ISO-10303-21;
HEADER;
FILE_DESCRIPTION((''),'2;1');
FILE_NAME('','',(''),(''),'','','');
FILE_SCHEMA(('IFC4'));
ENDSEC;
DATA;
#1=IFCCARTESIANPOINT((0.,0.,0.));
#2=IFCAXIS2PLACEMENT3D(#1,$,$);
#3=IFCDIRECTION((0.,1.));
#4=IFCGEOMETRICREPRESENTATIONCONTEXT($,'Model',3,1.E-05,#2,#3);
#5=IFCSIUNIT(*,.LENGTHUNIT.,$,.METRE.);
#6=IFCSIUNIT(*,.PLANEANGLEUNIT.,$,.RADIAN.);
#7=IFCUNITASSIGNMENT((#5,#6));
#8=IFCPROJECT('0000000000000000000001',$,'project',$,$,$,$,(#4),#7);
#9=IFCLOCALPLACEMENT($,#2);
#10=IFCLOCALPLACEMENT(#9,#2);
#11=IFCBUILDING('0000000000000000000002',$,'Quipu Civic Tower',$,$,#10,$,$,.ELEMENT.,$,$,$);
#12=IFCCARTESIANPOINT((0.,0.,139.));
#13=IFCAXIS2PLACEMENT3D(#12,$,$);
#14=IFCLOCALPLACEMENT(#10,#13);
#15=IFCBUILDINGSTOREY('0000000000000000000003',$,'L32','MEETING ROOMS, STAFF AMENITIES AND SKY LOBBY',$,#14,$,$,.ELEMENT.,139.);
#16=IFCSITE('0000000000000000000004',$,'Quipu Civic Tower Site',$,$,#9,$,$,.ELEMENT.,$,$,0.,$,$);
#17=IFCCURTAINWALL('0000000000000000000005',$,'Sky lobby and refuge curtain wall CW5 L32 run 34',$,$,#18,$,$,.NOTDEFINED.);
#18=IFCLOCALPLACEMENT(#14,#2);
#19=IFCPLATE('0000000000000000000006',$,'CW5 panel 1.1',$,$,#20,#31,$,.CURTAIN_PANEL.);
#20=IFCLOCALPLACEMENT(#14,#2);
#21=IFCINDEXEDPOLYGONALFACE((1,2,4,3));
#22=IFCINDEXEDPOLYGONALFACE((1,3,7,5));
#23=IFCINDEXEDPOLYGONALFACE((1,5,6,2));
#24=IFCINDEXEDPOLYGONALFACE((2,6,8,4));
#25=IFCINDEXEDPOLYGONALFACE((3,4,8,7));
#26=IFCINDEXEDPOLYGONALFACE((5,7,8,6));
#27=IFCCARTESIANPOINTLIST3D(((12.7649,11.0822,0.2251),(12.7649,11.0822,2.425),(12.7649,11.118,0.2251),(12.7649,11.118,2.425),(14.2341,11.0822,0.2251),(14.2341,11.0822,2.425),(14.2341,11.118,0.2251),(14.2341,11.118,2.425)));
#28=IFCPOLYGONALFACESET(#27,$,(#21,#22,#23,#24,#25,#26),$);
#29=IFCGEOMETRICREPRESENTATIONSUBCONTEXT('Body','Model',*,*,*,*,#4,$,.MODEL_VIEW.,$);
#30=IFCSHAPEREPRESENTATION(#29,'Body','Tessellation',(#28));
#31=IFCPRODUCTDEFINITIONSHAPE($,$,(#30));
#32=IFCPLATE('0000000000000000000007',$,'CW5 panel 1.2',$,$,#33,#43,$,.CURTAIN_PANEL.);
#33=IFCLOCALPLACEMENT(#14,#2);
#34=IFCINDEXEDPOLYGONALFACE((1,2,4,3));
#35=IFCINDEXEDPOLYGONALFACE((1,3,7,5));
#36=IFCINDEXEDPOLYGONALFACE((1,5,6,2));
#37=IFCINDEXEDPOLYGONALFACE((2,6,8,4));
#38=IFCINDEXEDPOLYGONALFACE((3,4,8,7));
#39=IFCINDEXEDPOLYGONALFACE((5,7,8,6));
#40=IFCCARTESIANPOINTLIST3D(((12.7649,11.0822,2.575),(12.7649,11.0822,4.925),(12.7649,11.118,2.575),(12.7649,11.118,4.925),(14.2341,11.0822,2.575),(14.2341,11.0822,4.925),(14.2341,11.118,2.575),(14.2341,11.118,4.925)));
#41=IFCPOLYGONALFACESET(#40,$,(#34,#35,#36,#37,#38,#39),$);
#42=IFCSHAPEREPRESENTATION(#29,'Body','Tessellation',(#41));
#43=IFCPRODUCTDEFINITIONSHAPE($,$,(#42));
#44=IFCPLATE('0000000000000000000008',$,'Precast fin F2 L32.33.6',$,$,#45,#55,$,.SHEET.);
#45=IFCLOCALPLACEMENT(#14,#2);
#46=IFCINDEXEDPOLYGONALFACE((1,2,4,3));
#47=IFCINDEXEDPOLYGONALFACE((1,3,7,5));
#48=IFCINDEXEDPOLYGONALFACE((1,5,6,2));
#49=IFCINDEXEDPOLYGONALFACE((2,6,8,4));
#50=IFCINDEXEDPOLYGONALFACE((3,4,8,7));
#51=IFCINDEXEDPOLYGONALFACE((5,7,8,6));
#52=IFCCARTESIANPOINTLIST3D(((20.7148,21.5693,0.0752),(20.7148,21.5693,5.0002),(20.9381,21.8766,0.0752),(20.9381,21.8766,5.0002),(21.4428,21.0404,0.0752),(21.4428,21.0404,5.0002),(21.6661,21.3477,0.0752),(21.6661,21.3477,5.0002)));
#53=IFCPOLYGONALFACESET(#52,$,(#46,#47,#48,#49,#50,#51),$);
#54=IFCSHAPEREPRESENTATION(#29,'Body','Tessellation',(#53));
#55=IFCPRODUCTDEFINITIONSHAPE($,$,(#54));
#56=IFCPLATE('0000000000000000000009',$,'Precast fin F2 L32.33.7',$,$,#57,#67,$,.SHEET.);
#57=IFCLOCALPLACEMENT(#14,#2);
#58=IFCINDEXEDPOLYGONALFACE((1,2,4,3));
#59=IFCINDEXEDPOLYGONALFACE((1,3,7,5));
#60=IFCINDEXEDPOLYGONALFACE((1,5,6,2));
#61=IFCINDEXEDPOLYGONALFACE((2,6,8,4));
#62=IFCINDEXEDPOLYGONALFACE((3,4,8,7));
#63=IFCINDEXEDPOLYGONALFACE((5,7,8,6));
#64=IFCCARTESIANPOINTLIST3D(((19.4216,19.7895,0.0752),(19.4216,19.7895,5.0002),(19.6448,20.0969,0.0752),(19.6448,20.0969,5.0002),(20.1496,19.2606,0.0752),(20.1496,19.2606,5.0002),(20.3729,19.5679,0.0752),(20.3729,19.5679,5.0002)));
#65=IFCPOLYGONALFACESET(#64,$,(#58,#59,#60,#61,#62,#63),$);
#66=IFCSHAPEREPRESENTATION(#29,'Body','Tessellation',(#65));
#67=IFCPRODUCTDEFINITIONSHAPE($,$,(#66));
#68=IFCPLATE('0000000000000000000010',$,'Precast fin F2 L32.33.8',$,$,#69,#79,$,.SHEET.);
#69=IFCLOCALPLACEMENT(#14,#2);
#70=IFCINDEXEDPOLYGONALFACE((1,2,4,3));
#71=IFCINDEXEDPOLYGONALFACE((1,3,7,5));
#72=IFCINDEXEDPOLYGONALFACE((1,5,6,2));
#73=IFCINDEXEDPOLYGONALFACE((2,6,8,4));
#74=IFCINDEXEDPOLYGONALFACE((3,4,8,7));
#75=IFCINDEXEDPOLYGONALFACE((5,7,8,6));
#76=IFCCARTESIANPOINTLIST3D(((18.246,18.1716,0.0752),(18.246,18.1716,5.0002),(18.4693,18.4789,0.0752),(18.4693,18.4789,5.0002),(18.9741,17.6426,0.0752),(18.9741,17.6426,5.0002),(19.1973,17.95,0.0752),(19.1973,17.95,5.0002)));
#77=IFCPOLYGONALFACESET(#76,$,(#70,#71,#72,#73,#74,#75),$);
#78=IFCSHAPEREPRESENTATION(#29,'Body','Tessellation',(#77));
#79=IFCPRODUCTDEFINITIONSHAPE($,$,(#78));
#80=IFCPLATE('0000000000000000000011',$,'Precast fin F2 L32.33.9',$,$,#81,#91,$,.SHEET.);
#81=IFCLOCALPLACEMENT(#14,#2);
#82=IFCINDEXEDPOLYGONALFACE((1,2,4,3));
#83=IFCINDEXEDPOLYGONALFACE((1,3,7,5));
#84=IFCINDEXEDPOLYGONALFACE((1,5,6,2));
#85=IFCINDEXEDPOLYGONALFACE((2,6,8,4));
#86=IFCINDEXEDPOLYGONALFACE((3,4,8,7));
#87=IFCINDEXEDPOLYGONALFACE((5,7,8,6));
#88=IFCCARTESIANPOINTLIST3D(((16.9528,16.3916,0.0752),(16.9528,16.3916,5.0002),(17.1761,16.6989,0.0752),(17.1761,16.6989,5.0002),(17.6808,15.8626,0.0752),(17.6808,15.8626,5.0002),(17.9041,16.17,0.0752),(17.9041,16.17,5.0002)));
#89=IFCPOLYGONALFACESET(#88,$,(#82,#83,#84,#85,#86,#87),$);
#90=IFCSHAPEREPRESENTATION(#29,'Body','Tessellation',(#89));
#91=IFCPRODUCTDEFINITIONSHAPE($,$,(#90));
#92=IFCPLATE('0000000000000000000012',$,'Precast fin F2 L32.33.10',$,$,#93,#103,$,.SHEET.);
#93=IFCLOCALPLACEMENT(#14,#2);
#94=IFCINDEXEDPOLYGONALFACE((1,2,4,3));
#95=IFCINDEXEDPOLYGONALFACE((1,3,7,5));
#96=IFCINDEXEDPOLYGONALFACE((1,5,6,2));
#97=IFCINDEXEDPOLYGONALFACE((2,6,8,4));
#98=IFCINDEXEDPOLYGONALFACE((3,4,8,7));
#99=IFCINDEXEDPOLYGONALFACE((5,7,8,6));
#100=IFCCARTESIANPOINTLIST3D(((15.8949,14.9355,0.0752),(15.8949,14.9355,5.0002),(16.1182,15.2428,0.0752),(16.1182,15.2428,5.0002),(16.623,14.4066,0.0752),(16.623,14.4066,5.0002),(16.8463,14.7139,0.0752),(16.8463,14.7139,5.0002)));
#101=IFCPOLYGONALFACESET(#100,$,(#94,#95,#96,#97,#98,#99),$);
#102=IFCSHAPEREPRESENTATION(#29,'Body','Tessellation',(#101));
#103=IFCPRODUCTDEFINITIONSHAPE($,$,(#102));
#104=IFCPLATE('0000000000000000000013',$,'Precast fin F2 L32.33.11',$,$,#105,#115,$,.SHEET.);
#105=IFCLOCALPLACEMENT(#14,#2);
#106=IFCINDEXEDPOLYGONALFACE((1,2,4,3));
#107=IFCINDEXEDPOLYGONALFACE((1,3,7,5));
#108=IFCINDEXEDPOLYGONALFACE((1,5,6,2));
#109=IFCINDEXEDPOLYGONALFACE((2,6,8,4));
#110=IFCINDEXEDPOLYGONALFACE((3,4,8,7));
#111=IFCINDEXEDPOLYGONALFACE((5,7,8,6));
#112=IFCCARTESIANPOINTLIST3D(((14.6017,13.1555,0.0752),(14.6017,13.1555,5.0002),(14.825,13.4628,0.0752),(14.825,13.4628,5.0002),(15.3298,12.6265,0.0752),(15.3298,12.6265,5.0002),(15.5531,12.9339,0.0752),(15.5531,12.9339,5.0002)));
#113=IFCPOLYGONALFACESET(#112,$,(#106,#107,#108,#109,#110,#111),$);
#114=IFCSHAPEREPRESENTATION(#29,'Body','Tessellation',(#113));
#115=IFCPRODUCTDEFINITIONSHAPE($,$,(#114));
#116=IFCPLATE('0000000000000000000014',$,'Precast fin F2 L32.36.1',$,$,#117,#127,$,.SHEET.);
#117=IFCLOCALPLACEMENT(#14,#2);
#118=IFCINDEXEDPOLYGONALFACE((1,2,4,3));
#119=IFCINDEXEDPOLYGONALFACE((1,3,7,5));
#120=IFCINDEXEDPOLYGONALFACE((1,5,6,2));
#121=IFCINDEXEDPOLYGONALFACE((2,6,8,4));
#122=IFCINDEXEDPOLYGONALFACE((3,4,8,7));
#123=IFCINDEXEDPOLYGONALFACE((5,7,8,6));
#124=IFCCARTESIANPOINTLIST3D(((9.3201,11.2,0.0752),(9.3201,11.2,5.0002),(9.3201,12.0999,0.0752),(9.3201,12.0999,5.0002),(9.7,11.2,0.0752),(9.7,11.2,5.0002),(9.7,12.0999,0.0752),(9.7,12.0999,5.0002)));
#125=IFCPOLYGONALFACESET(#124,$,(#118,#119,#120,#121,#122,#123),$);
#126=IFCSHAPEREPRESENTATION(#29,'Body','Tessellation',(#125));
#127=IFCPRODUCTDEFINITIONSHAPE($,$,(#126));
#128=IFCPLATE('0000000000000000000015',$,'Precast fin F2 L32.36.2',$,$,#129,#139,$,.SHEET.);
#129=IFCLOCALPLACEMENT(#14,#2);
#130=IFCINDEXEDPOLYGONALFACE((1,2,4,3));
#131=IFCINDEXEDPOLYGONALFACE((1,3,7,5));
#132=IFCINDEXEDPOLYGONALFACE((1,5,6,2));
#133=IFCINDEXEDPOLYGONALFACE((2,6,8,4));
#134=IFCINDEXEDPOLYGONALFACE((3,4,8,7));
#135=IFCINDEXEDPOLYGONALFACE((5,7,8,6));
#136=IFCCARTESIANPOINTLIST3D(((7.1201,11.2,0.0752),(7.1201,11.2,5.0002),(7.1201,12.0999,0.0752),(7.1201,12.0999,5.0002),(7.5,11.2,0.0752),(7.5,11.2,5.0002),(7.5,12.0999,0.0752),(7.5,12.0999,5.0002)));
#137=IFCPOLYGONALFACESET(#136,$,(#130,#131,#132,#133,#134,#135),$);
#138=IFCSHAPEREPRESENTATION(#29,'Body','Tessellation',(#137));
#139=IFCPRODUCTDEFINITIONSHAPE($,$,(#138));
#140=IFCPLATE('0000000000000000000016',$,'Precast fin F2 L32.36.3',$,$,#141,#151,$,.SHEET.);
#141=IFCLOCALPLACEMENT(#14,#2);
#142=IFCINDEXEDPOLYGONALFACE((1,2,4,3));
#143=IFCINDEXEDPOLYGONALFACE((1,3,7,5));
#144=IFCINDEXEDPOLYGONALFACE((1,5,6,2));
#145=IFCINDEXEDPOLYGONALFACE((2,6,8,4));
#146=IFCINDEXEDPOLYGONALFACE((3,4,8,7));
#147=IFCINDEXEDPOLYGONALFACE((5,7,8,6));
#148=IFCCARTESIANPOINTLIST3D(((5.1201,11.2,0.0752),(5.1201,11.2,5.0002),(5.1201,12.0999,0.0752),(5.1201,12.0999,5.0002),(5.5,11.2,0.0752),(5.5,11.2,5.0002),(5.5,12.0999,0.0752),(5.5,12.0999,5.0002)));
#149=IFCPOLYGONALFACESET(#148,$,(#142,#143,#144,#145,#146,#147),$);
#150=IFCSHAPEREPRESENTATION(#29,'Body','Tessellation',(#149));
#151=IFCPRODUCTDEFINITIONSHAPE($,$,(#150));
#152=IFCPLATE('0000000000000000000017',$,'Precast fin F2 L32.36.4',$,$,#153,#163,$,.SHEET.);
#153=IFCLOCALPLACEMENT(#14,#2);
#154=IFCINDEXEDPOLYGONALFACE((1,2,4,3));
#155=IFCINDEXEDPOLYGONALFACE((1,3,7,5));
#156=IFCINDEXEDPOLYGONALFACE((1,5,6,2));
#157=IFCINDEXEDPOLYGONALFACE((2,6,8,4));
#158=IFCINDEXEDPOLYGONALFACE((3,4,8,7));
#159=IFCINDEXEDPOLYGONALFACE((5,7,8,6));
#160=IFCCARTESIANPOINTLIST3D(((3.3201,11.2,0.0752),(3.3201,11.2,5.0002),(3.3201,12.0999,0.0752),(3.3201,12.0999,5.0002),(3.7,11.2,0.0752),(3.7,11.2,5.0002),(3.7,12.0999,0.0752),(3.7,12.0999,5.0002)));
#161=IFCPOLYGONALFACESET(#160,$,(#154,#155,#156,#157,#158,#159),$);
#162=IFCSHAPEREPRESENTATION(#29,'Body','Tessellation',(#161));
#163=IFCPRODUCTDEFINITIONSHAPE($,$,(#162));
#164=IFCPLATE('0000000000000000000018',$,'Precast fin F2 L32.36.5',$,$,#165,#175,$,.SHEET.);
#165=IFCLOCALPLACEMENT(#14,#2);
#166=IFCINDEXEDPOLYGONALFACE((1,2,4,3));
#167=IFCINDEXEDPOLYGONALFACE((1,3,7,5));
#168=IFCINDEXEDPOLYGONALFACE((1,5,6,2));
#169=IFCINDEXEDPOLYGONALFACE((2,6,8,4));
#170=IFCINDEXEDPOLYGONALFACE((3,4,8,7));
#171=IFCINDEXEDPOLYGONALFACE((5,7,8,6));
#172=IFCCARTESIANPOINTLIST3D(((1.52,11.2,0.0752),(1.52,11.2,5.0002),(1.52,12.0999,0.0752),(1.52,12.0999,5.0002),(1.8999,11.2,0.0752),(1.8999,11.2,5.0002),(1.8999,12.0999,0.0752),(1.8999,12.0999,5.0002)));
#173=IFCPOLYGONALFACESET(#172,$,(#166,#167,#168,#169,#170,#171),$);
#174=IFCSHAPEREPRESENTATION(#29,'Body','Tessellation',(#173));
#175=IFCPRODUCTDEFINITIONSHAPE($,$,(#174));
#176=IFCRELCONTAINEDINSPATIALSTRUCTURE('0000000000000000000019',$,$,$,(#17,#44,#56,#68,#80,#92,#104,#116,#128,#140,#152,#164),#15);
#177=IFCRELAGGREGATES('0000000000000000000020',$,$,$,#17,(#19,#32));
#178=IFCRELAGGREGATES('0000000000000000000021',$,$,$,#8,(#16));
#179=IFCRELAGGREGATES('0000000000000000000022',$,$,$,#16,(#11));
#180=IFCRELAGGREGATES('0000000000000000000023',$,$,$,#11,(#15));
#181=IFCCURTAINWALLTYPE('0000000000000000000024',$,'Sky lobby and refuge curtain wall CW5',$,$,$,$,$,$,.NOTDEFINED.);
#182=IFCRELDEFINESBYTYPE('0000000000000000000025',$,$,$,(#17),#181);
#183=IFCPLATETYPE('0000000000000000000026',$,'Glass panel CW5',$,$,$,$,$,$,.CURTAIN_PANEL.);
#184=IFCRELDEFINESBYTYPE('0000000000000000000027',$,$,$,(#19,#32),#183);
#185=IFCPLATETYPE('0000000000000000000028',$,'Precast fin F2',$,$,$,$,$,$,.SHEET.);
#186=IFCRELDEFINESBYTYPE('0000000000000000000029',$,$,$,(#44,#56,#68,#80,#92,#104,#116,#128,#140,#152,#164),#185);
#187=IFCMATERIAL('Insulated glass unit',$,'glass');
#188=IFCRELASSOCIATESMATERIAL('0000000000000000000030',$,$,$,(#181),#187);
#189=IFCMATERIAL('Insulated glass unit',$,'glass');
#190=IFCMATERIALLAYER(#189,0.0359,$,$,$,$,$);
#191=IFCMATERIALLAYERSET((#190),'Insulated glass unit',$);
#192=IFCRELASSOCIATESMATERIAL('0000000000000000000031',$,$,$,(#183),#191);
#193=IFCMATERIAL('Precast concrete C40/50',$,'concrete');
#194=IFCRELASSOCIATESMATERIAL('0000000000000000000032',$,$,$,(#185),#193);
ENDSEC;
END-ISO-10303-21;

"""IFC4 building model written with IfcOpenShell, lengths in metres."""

from ifc_helpers import new_model, si_unit, direction, frame, origin, origin_2d, place, context, subcontext, project, spatial, rectangle, extrude, material, layer, layer_set, type_object, element, aggregate, save


model = new_model("IFC4")

# Units and contexts
model_context = context("Model", 3, precision=1e-05, world=origin(), true_north=direction((0.0, 1.0)))
body_context = subcontext(model_context, "Body", "Model", "MODEL_VIEW")
ifc_project = project(units=[si_unit("LENGTHUNIT", "METRE"), si_unit("PLANEANGLEUNIT", "RADIAN")], contexts=[model_context])

# Site, building, storey
site_placement = place(None, origin())
site = spatial("IfcSite", under=ifc_project, at=site_placement, Name="Quipu Civic Tower Site", CompositionType="ELEMENT", RefElevation=0.0)
building_placement = place(site_placement, origin())
building = spatial("IfcBuilding", under=site, at=building_placement, Name="Quipu Civic Tower", CompositionType="ELEMENT")
storey_placement = place(building_placement, frame((0.0, 0.0, 139.0)))
storey = spatial("IfcBuildingStorey", under=building, at=storey_placement, Name="L32", Description="MEETING ROOMS, STAFF AMENITIES AND SKY LOBBY", CompositionType="ELEMENT", Elevation=139.0)

# Curtain wall
ifc_material_1 = material(Name="Insulated glass unit", Category="glass")
curtain_wall_type = type_object("IfcCurtainWallType", Name="Sky lobby and refuge curtain wall CW5", PredefinedType="NOTDEFINED", material=ifc_material_1)
curtain_wall_1_placement = place(storey_placement, origin())
curtain_wall_1 = element("IfcCurtainWall", 1, at=curtain_wall_1_placement, inside=storey, type_object=curtain_wall_type, Name="Sky lobby and refuge curtain wall CW5 L32 run 34", PredefinedType="NOTDEFINED")

# Plates
ifc_material_2 = material(Name="Insulated glass unit", Category="glass")
ifc_layer = layer(ifc_material_2, 0.0359)
ifc_layer_set = layer_set([ifc_layer], Name="Insulated glass unit")
plate_type_1 = type_object("IfcPlateType", Name="Glass panel CW5", PredefinedType="CURTAIN_PANEL", material=ifc_layer_set)
plate_1_placement = place(storey_placement, frame((13.4995, 11.1001, 0.2251), z_axis=(0.0, 0.0, 1.0), x_axis=(-1.0, 0.0, 0.0)))
plate_1 = element("IfcPlate", 2, at=plate_1_placement, type_object=plate_type_1, Name="CW5 panel 1.1", PredefinedType="CURTAIN_PANEL", context=body_context, shape_type="SweptSolid", body=[
    extrude(rectangle(XDim=1.4692, YDim=0.0359, at=origin_2d()), origin(), (0.0, 0.0, 1.0), 2.2),
])
plate_2_placement = place(storey_placement, frame((13.4995, 11.1001, 2.575), z_axis=(0.0, 0.0, 1.0), x_axis=(-1.0, 0.0, 0.0)))
plate_2 = element("IfcPlate", 3, at=plate_2_placement, type_object=plate_type_1, Name="CW5 panel 1.2", PredefinedType="CURTAIN_PANEL", context=body_context, shape_type="SweptSolid", body=[
    extrude(rectangle(XDim=1.4692, YDim=0.0359, at=origin_2d()), origin(), (0.0, 0.0, 1.0), 2.3501),
])
aggregate(curtain_wall_1, [plate_1, plate_2])

# Plates
ifc_material_3 = material(Name="Precast concrete C40/50", Category="concrete")
plate_type_2 = type_object("IfcPlateType", Name="Precast fin F2", PredefinedType="SHEET", material=ifc_material_3)
for number, where, z_axis, x_axis, name in (
    (4, (21.1904, 21.4585, 0.0752), (0.0, 0.0, 1.0), (-0.587787, -0.809016, 0.0), "Precast fin F2 L32.33.6"),
    (5, (19.8972, 19.6787, 0.0752), (0.0, 0.0, 1.0), (-0.587787, -0.809016, 0.0), "Precast fin F2 L32.33.7"),
    (6, (18.7217, 18.0608, 0.0752), (0.0, 0.0, 1.0), (-0.587787, -0.809016, 0.0), "Precast fin F2 L32.33.8"),
    (7, (17.4285, 16.2808, 0.0752), (0.0, 0.0, 1.0), (-0.587787, -0.809016, 0.0), "Precast fin F2 L32.33.9"),
    (8, (16.3706, 14.8247, 0.0752), (0.0, 0.0, 1.0), (-0.587787, -0.809016, 0.0), "Precast fin F2 L32.33.10"),
    (9, (15.0774, 13.0447, 0.0752), (0.0, 0.0, 1.0), (-0.587787, -0.809016, 0.0), "Precast fin F2 L32.33.11"),
    (10, (9.51, 11.6499, 0.0752), (0.0, 0.0, 1.0), (-1.0, 0.0, 0.0), "Precast fin F2 L32.36.1"),
    (11, (7.3101, 11.6499, 0.0752), (0.0, 0.0, 1.0), (-1.0, 0.0, 0.0), "Precast fin F2 L32.36.2"),
    (12, (5.3101, 11.6499, 0.0752), (0.0, 0.0, 1.0), (-1.0, 0.0, 0.0), "Precast fin F2 L32.36.3"),
    (13, (3.51, 11.6499, 0.0752), (0.0, 0.0, 1.0), (-1.0, 0.0, 0.0), "Precast fin F2 L32.36.4"),
    (14, (1.71, 11.6499, 0.0752), (0.0, 0.0, 1.0), (-1.0, 0.0, 0.0), "Precast fin F2 L32.36.5"),
):
    element("IfcPlate", number, at=place(storey_placement, frame(where, z_axis=z_axis, x_axis=x_axis)), inside=storey, type_object=plate_type_2, Name=name, PredefinedType="SHEET", context=body_context, shape_type="SweptSolid", body=[
        extrude(rectangle(XDim=0.3799, YDim=0.8999, at=origin_2d()), origin(), (0.0, 0.0, 1.0), 4.925),
    ])

save(model, "model.ifc")
